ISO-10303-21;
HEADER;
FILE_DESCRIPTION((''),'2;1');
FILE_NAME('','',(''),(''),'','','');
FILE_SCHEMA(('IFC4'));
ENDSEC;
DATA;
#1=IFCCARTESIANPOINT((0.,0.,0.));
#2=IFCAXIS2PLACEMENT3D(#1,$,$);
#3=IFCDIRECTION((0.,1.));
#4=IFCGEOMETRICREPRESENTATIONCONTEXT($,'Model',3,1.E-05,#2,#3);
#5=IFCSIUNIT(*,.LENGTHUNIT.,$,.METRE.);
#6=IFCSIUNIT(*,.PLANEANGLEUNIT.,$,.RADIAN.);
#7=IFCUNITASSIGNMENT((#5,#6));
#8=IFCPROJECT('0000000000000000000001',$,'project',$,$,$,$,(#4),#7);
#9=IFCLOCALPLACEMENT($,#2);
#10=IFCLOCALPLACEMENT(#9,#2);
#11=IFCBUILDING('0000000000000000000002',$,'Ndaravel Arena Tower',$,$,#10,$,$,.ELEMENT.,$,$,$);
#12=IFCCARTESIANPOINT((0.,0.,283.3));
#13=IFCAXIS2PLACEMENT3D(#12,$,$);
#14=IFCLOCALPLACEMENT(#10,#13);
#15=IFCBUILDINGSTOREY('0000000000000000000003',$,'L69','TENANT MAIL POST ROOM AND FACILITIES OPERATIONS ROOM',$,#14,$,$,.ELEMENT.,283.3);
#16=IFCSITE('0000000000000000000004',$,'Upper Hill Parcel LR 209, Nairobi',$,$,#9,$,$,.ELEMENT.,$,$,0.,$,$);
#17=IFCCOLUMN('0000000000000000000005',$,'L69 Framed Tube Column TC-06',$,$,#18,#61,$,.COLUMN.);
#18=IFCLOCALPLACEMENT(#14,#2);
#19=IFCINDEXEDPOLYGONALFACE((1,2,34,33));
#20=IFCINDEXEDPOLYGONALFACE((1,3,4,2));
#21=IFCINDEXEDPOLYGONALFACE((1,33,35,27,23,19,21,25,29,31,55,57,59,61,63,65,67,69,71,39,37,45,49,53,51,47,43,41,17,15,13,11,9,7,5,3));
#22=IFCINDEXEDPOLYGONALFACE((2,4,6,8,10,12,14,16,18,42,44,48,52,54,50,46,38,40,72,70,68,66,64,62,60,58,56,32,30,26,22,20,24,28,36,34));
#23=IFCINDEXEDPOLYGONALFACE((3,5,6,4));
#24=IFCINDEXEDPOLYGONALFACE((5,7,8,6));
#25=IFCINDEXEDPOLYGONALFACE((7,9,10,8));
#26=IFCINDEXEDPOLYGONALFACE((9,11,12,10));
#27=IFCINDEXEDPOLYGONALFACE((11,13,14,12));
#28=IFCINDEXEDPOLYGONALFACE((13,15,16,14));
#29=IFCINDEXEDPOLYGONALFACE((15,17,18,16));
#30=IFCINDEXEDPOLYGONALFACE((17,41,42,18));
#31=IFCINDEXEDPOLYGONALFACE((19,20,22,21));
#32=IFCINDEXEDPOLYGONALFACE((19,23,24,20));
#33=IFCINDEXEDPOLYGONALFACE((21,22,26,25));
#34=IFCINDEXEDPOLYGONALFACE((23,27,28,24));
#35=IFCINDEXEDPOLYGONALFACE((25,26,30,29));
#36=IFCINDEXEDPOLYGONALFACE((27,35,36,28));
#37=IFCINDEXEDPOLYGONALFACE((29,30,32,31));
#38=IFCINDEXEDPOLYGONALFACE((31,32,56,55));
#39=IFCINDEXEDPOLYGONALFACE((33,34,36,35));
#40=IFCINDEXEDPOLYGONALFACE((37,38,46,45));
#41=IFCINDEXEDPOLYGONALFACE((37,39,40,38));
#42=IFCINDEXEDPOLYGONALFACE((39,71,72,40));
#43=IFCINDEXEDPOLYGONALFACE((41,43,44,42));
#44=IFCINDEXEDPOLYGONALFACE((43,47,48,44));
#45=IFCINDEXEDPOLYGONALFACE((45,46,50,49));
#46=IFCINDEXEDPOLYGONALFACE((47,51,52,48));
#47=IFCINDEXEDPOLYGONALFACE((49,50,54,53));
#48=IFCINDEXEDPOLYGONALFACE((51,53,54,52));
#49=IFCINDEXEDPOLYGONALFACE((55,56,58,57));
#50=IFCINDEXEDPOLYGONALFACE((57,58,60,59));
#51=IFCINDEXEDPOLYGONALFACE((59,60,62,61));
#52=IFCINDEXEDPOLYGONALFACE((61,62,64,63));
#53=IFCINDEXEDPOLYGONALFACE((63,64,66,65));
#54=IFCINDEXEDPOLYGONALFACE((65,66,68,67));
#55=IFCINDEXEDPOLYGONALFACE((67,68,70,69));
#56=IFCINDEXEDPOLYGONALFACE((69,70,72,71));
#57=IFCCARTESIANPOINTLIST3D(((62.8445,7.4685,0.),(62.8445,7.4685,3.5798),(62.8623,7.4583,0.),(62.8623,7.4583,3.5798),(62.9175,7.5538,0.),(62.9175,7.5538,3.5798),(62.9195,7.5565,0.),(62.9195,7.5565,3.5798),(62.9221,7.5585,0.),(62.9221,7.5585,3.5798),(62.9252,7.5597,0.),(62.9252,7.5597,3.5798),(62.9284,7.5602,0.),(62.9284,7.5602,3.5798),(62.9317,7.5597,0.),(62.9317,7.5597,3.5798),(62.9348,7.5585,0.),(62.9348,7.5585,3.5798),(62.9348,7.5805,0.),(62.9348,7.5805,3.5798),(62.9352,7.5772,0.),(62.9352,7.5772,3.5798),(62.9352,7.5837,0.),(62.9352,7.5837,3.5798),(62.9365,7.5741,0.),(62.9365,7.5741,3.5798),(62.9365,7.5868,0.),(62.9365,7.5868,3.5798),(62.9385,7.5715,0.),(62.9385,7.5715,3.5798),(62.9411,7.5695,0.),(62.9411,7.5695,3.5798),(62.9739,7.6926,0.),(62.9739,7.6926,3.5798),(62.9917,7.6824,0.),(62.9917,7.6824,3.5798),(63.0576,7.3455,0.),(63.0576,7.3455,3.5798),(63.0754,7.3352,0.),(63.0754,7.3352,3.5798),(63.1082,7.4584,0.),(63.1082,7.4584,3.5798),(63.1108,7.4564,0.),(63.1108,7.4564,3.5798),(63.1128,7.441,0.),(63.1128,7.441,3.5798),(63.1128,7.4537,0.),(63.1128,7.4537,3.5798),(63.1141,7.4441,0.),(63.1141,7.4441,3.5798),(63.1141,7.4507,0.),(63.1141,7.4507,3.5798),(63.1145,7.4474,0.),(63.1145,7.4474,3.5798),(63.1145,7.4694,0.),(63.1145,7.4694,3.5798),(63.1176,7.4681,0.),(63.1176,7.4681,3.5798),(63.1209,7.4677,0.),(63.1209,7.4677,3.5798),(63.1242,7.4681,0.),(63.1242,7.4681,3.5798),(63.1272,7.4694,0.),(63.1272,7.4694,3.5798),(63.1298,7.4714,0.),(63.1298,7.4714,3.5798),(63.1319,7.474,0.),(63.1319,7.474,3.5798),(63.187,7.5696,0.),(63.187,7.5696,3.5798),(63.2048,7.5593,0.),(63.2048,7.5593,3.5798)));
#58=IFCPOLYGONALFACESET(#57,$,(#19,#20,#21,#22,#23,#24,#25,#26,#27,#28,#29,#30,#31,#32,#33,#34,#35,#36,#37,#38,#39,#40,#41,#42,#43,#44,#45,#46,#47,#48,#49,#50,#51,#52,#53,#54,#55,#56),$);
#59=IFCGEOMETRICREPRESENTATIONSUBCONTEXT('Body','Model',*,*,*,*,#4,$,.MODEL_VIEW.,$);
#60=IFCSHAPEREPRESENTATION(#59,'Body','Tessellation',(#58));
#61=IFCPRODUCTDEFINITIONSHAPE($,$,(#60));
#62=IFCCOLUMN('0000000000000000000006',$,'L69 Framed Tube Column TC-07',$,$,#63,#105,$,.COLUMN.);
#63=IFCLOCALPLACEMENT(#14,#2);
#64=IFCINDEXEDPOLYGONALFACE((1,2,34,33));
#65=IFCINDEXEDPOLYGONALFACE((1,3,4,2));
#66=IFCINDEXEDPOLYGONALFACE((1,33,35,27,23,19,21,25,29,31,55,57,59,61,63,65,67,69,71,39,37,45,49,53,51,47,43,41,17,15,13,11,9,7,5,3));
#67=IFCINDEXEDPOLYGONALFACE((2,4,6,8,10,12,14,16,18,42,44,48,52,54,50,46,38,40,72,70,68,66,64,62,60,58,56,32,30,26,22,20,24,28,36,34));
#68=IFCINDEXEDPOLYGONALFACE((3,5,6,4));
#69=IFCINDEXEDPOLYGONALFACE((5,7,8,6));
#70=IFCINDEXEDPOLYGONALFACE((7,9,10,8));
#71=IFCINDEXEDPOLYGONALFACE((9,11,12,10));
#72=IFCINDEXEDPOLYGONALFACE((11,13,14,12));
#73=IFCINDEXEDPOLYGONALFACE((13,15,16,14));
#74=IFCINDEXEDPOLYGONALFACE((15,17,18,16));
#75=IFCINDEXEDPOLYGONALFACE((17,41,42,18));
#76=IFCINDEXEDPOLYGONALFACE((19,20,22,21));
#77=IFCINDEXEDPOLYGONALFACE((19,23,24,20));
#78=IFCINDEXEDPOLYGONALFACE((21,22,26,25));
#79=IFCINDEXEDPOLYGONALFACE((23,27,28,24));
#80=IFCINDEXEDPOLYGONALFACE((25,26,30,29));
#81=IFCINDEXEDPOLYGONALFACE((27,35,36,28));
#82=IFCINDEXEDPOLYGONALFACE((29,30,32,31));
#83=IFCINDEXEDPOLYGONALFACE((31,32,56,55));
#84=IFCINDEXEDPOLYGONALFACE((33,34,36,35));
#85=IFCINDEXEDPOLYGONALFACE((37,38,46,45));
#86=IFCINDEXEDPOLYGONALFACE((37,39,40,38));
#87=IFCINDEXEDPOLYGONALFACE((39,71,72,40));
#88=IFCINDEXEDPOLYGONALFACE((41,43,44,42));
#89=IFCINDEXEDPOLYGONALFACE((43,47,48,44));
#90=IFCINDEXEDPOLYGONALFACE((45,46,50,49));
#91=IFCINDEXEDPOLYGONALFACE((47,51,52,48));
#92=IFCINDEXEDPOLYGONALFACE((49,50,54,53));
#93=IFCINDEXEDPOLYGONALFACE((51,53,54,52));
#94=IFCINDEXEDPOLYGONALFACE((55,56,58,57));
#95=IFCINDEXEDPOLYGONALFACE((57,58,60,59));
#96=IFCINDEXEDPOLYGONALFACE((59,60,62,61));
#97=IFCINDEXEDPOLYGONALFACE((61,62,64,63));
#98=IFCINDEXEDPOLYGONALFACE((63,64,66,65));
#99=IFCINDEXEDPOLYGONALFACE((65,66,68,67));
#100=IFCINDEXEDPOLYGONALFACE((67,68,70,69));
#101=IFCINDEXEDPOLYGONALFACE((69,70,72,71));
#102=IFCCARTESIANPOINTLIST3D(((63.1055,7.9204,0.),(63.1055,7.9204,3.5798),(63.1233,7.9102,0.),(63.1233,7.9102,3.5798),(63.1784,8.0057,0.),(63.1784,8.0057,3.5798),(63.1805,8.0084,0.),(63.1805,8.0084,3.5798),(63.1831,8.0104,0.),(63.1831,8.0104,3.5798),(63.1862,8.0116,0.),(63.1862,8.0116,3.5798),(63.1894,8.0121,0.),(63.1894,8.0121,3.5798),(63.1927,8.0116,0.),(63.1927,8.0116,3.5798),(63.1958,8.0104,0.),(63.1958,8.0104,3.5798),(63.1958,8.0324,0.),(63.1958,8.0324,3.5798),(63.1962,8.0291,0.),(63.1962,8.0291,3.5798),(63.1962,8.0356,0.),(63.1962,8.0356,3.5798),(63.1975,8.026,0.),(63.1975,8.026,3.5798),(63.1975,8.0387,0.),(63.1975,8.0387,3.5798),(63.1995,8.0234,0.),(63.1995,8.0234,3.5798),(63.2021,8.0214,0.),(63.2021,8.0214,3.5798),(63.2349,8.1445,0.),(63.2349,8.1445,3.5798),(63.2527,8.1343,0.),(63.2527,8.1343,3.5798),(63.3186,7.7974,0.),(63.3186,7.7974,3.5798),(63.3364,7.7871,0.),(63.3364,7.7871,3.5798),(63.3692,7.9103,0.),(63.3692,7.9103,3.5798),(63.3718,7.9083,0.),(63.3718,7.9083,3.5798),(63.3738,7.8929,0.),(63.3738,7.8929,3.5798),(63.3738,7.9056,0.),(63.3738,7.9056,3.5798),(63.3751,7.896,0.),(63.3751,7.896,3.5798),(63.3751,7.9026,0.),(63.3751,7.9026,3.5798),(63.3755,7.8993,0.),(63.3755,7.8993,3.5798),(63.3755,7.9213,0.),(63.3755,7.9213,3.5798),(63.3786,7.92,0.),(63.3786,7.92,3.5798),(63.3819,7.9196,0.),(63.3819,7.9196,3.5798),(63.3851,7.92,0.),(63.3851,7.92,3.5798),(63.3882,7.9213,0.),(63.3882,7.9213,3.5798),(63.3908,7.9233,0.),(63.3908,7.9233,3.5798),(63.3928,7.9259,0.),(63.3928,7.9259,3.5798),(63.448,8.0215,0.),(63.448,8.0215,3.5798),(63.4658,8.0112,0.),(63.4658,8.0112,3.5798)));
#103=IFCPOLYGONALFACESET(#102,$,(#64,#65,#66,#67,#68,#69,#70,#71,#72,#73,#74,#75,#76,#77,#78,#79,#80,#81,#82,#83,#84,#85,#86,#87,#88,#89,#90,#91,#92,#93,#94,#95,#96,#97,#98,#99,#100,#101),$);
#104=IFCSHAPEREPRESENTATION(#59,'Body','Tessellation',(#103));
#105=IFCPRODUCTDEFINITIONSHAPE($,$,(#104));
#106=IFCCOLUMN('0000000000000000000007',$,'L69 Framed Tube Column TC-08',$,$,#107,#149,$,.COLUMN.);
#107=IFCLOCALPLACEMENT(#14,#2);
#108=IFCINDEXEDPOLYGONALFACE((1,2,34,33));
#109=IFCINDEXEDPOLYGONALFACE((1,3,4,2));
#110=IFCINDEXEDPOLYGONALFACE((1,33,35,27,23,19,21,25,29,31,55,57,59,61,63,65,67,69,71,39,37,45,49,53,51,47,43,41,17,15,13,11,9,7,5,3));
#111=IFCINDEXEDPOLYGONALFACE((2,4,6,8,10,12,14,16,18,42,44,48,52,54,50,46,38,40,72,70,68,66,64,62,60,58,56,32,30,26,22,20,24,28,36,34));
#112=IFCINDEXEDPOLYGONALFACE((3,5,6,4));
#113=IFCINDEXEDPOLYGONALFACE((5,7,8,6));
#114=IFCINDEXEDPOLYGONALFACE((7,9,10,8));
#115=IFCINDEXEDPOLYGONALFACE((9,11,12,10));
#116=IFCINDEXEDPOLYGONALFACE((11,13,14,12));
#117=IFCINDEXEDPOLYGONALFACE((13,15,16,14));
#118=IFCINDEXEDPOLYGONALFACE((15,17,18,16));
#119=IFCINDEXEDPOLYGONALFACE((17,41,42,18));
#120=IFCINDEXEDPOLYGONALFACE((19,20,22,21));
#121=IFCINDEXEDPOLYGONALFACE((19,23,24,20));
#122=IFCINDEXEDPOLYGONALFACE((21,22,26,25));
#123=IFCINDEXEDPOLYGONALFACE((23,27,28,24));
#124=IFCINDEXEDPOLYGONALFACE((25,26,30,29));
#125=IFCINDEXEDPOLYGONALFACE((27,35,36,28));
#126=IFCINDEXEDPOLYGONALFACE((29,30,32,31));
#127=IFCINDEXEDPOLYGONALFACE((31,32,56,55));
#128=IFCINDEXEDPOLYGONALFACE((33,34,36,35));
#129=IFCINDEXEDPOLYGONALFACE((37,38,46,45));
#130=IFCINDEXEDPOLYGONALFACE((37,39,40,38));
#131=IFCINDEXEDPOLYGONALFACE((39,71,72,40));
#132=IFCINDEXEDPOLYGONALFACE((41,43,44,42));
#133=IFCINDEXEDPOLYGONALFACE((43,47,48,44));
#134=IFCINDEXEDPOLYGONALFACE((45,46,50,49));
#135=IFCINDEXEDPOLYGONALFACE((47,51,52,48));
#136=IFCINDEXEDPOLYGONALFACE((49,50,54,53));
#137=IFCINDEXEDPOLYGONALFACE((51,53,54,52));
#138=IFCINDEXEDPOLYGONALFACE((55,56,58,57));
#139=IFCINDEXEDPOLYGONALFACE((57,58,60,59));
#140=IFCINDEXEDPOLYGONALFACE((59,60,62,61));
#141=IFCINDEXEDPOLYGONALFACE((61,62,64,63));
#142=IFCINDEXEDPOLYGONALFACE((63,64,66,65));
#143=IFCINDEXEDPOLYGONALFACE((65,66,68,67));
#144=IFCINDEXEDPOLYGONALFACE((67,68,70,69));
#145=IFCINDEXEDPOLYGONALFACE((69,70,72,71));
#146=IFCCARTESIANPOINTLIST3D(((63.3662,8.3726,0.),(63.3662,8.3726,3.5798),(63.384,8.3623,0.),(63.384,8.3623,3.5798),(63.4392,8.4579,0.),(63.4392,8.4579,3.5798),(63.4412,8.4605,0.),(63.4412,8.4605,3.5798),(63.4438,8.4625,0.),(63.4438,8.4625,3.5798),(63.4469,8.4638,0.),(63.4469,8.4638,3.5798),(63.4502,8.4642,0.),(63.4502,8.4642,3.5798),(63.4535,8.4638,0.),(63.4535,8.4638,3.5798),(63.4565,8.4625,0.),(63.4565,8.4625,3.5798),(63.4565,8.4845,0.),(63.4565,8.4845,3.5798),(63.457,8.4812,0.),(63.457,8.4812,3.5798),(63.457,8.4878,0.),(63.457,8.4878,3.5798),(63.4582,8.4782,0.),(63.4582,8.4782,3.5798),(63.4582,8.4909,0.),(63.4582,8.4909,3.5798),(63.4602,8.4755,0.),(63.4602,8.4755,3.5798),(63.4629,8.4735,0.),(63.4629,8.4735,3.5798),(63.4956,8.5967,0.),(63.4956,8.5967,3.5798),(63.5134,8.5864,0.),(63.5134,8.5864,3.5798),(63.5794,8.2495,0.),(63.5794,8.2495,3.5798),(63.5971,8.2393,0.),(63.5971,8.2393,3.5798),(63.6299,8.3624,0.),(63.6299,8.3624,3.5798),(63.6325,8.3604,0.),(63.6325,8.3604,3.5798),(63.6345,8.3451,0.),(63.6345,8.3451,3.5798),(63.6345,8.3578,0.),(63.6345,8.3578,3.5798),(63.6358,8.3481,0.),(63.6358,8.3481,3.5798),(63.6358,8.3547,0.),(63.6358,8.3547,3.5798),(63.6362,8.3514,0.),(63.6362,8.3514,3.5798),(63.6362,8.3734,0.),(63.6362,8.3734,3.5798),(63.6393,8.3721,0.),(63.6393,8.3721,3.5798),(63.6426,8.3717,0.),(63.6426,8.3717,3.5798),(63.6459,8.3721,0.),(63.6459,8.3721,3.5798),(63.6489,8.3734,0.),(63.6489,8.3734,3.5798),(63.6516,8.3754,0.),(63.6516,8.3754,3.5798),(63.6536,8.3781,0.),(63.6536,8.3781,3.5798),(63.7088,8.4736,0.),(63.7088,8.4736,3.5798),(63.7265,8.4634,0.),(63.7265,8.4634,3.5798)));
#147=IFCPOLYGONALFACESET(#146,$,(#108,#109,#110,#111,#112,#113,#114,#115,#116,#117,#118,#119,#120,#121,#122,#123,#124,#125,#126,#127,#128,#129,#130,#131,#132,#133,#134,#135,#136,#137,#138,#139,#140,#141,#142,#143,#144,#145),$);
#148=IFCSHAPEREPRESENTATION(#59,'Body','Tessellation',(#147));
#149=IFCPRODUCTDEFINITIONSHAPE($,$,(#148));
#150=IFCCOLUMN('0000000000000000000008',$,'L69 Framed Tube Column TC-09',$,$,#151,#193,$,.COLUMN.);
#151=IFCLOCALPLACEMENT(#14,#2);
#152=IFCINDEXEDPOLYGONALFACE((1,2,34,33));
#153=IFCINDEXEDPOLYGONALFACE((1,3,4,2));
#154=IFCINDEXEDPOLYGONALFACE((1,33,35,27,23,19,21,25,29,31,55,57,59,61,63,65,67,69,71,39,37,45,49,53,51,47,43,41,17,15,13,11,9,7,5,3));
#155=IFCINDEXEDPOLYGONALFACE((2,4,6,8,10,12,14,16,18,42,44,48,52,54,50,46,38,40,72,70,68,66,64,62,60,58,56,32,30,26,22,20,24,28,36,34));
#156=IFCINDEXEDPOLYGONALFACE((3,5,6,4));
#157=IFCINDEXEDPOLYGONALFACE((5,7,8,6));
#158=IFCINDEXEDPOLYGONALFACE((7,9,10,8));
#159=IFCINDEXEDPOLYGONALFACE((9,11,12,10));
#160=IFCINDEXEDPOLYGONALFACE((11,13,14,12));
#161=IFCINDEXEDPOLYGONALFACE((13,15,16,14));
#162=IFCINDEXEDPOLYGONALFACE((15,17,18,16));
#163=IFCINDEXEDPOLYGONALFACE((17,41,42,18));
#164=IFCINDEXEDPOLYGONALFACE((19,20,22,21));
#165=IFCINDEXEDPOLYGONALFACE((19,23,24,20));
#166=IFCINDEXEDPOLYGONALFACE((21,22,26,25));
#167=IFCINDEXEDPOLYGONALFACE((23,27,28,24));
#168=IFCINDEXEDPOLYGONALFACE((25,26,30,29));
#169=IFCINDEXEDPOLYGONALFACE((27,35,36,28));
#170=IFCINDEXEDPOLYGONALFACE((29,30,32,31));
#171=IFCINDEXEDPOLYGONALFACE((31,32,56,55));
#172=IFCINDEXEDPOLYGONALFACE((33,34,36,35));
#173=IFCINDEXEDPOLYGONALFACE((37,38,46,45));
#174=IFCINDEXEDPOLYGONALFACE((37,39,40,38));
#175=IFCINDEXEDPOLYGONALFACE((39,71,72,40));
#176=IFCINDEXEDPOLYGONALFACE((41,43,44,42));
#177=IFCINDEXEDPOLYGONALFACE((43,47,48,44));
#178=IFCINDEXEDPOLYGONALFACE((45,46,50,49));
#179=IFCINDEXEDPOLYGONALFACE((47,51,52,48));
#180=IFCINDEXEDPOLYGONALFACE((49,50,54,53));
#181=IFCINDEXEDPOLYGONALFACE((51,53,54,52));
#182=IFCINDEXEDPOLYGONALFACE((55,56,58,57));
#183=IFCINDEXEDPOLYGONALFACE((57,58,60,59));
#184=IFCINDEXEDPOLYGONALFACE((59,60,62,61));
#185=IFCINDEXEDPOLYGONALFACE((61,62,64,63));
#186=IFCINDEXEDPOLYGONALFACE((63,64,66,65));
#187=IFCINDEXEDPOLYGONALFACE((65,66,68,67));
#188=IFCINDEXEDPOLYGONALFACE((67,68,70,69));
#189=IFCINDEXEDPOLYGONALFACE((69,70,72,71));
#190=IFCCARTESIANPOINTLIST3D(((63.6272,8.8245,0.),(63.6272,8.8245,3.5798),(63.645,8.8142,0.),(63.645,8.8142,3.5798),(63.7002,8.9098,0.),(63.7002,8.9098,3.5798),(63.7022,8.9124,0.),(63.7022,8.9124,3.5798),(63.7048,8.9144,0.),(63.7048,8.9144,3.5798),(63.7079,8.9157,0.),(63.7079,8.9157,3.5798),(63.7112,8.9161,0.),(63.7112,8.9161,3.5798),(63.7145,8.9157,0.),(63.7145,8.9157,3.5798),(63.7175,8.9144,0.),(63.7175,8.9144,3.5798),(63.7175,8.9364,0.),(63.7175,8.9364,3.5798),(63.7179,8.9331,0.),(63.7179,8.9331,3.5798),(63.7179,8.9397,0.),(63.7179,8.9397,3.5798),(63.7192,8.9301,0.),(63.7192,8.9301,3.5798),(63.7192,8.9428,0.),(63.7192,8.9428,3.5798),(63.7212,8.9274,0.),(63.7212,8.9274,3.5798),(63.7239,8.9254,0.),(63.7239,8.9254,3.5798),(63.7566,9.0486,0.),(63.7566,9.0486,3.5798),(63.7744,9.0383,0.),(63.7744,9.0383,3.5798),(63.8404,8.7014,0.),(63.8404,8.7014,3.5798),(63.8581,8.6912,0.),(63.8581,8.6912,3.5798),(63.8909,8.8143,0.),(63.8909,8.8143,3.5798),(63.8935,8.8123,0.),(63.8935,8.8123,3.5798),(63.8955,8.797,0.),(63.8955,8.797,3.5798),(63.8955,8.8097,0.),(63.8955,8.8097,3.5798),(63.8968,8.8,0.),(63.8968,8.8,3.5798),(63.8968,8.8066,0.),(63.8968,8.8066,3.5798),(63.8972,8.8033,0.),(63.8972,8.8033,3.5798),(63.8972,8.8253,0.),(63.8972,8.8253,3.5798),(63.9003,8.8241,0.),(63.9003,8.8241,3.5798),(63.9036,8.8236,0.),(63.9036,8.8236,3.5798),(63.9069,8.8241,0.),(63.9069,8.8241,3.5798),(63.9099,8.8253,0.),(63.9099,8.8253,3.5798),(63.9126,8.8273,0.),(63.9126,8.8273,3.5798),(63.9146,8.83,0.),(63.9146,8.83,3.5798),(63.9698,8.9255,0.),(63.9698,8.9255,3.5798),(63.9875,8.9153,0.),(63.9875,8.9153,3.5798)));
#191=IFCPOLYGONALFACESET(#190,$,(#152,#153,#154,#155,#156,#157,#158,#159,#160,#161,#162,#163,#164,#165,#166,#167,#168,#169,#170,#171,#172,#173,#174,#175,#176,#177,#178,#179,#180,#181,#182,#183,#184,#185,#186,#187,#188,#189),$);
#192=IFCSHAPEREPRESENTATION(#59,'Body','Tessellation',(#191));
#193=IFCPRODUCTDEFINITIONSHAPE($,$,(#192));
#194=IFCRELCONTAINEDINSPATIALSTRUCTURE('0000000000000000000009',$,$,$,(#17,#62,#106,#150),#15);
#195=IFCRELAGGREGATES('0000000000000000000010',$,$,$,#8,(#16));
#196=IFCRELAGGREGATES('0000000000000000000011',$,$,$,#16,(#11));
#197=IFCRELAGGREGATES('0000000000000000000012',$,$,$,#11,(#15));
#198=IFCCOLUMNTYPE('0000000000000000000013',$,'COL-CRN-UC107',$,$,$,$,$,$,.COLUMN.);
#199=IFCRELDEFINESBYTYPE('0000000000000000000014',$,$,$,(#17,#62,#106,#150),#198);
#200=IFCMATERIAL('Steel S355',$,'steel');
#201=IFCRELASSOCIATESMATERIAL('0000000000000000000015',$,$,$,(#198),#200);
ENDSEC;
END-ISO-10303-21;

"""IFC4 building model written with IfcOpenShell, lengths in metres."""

from ifc_helpers import new_model, si_unit, direction, frame, origin, origin_2d, place, context, subcontext, project, spatial, i_section, extrude, material, material_profile, profile_set, type_object, element, save


model = new_model("IFC4")

# Units and contexts
model_context = context("Model", 3, precision=1e-05, world=origin(), true_north=direction((0.0, 1.0)))
body_context = subcontext(model_context, "Body", "Model", "MODEL_VIEW")
ifc_project = project(units=[si_unit("LENGTHUNIT", "METRE"), si_unit("PLANEANGLEUNIT", "RADIAN")], contexts=[model_context])

# Site, building, storey
site_placement = place(None, origin())
site = spatial("IfcSite", under=ifc_project, at=site_placement, Name="Upper Hill Parcel LR 209, Nairobi", CompositionType="ELEMENT", RefElevation=0.0)
building_placement = place(site_placement, origin())
building = spatial("IfcBuilding", under=site, at=building_placement, Name="Ndaravel Arena Tower", CompositionType="ELEMENT")
storey_placement = place(building_placement, frame((0.0, 0.0, 283.3)))
storey = spatial("IfcBuildingStorey", under=building, at=storey_placement, Name="L69", Description="TENANT MAIL POST ROOM AND FACILITIES OPERATIONS ROOM", CompositionType="ELEMENT", Elevation=283.3)

# Columns
ifc_material_1 = material(Name="Steel S355", Category="steel")
ifc_material_profile_1 = material_profile(ifc_material_1, i_section(OverallWidth=0.2588, OverallDepth=0.2666, WebThickness=0.0127, FlangeThickness=0.0205, FilletRadius=0.0127, at=origin_2d()), Name="UC 254x254x107")
ifc_profile_set_1 = profile_set([ifc_material_profile_1], Name="Steel S355")
column_type = type_object("IfcColumnType", Name="COL-CRN-UC107", PredefinedType="COLUMN", material=ifc_profile_set_1)
for number, where, z_axis, x_axis, name in (
    (1, (63.0247, 7.5139, 0.0), (0.0, 0.0, 1.0), (0.5, 0.866025, 0.0), "L69 Framed Tube Column TC-06"),
    (2, (63.2856, 7.9658, 0.0), (0.0, 0.0, 1.0), (0.5, 0.866025, 0.0), "L69 Framed Tube Column TC-07"),
    (3, (63.5464, 8.418, 0.0), (0.0, 0.0, 1.0), (0.5, 0.866025, 0.0), "L69 Framed Tube Column TC-08"),
    (4, (63.8074, 8.8699, 0.0), (0.0, 0.0, 1.0), (0.5, 0.866025, 0.0), "L69 Framed Tube Column TC-09"),
):
    element("IfcColumn", number, at=place(storey_placement, frame(where, z_axis=z_axis, x_axis=x_axis)), inside=storey, type_object=column_type, Name=name, PredefinedType="COLUMN", context=body_context, shape_type="SweptSolid", body=[
        extrude(i_section(OverallWidth=0.2588, OverallDepth=0.2666, WebThickness=0.0127, FlangeThickness=0.0205, FilletRadius=0.0127, at=origin_2d()), origin(), (0.0, 0.0, 1.0), 3.5798),
    ])

save(model, "model.ifc")
